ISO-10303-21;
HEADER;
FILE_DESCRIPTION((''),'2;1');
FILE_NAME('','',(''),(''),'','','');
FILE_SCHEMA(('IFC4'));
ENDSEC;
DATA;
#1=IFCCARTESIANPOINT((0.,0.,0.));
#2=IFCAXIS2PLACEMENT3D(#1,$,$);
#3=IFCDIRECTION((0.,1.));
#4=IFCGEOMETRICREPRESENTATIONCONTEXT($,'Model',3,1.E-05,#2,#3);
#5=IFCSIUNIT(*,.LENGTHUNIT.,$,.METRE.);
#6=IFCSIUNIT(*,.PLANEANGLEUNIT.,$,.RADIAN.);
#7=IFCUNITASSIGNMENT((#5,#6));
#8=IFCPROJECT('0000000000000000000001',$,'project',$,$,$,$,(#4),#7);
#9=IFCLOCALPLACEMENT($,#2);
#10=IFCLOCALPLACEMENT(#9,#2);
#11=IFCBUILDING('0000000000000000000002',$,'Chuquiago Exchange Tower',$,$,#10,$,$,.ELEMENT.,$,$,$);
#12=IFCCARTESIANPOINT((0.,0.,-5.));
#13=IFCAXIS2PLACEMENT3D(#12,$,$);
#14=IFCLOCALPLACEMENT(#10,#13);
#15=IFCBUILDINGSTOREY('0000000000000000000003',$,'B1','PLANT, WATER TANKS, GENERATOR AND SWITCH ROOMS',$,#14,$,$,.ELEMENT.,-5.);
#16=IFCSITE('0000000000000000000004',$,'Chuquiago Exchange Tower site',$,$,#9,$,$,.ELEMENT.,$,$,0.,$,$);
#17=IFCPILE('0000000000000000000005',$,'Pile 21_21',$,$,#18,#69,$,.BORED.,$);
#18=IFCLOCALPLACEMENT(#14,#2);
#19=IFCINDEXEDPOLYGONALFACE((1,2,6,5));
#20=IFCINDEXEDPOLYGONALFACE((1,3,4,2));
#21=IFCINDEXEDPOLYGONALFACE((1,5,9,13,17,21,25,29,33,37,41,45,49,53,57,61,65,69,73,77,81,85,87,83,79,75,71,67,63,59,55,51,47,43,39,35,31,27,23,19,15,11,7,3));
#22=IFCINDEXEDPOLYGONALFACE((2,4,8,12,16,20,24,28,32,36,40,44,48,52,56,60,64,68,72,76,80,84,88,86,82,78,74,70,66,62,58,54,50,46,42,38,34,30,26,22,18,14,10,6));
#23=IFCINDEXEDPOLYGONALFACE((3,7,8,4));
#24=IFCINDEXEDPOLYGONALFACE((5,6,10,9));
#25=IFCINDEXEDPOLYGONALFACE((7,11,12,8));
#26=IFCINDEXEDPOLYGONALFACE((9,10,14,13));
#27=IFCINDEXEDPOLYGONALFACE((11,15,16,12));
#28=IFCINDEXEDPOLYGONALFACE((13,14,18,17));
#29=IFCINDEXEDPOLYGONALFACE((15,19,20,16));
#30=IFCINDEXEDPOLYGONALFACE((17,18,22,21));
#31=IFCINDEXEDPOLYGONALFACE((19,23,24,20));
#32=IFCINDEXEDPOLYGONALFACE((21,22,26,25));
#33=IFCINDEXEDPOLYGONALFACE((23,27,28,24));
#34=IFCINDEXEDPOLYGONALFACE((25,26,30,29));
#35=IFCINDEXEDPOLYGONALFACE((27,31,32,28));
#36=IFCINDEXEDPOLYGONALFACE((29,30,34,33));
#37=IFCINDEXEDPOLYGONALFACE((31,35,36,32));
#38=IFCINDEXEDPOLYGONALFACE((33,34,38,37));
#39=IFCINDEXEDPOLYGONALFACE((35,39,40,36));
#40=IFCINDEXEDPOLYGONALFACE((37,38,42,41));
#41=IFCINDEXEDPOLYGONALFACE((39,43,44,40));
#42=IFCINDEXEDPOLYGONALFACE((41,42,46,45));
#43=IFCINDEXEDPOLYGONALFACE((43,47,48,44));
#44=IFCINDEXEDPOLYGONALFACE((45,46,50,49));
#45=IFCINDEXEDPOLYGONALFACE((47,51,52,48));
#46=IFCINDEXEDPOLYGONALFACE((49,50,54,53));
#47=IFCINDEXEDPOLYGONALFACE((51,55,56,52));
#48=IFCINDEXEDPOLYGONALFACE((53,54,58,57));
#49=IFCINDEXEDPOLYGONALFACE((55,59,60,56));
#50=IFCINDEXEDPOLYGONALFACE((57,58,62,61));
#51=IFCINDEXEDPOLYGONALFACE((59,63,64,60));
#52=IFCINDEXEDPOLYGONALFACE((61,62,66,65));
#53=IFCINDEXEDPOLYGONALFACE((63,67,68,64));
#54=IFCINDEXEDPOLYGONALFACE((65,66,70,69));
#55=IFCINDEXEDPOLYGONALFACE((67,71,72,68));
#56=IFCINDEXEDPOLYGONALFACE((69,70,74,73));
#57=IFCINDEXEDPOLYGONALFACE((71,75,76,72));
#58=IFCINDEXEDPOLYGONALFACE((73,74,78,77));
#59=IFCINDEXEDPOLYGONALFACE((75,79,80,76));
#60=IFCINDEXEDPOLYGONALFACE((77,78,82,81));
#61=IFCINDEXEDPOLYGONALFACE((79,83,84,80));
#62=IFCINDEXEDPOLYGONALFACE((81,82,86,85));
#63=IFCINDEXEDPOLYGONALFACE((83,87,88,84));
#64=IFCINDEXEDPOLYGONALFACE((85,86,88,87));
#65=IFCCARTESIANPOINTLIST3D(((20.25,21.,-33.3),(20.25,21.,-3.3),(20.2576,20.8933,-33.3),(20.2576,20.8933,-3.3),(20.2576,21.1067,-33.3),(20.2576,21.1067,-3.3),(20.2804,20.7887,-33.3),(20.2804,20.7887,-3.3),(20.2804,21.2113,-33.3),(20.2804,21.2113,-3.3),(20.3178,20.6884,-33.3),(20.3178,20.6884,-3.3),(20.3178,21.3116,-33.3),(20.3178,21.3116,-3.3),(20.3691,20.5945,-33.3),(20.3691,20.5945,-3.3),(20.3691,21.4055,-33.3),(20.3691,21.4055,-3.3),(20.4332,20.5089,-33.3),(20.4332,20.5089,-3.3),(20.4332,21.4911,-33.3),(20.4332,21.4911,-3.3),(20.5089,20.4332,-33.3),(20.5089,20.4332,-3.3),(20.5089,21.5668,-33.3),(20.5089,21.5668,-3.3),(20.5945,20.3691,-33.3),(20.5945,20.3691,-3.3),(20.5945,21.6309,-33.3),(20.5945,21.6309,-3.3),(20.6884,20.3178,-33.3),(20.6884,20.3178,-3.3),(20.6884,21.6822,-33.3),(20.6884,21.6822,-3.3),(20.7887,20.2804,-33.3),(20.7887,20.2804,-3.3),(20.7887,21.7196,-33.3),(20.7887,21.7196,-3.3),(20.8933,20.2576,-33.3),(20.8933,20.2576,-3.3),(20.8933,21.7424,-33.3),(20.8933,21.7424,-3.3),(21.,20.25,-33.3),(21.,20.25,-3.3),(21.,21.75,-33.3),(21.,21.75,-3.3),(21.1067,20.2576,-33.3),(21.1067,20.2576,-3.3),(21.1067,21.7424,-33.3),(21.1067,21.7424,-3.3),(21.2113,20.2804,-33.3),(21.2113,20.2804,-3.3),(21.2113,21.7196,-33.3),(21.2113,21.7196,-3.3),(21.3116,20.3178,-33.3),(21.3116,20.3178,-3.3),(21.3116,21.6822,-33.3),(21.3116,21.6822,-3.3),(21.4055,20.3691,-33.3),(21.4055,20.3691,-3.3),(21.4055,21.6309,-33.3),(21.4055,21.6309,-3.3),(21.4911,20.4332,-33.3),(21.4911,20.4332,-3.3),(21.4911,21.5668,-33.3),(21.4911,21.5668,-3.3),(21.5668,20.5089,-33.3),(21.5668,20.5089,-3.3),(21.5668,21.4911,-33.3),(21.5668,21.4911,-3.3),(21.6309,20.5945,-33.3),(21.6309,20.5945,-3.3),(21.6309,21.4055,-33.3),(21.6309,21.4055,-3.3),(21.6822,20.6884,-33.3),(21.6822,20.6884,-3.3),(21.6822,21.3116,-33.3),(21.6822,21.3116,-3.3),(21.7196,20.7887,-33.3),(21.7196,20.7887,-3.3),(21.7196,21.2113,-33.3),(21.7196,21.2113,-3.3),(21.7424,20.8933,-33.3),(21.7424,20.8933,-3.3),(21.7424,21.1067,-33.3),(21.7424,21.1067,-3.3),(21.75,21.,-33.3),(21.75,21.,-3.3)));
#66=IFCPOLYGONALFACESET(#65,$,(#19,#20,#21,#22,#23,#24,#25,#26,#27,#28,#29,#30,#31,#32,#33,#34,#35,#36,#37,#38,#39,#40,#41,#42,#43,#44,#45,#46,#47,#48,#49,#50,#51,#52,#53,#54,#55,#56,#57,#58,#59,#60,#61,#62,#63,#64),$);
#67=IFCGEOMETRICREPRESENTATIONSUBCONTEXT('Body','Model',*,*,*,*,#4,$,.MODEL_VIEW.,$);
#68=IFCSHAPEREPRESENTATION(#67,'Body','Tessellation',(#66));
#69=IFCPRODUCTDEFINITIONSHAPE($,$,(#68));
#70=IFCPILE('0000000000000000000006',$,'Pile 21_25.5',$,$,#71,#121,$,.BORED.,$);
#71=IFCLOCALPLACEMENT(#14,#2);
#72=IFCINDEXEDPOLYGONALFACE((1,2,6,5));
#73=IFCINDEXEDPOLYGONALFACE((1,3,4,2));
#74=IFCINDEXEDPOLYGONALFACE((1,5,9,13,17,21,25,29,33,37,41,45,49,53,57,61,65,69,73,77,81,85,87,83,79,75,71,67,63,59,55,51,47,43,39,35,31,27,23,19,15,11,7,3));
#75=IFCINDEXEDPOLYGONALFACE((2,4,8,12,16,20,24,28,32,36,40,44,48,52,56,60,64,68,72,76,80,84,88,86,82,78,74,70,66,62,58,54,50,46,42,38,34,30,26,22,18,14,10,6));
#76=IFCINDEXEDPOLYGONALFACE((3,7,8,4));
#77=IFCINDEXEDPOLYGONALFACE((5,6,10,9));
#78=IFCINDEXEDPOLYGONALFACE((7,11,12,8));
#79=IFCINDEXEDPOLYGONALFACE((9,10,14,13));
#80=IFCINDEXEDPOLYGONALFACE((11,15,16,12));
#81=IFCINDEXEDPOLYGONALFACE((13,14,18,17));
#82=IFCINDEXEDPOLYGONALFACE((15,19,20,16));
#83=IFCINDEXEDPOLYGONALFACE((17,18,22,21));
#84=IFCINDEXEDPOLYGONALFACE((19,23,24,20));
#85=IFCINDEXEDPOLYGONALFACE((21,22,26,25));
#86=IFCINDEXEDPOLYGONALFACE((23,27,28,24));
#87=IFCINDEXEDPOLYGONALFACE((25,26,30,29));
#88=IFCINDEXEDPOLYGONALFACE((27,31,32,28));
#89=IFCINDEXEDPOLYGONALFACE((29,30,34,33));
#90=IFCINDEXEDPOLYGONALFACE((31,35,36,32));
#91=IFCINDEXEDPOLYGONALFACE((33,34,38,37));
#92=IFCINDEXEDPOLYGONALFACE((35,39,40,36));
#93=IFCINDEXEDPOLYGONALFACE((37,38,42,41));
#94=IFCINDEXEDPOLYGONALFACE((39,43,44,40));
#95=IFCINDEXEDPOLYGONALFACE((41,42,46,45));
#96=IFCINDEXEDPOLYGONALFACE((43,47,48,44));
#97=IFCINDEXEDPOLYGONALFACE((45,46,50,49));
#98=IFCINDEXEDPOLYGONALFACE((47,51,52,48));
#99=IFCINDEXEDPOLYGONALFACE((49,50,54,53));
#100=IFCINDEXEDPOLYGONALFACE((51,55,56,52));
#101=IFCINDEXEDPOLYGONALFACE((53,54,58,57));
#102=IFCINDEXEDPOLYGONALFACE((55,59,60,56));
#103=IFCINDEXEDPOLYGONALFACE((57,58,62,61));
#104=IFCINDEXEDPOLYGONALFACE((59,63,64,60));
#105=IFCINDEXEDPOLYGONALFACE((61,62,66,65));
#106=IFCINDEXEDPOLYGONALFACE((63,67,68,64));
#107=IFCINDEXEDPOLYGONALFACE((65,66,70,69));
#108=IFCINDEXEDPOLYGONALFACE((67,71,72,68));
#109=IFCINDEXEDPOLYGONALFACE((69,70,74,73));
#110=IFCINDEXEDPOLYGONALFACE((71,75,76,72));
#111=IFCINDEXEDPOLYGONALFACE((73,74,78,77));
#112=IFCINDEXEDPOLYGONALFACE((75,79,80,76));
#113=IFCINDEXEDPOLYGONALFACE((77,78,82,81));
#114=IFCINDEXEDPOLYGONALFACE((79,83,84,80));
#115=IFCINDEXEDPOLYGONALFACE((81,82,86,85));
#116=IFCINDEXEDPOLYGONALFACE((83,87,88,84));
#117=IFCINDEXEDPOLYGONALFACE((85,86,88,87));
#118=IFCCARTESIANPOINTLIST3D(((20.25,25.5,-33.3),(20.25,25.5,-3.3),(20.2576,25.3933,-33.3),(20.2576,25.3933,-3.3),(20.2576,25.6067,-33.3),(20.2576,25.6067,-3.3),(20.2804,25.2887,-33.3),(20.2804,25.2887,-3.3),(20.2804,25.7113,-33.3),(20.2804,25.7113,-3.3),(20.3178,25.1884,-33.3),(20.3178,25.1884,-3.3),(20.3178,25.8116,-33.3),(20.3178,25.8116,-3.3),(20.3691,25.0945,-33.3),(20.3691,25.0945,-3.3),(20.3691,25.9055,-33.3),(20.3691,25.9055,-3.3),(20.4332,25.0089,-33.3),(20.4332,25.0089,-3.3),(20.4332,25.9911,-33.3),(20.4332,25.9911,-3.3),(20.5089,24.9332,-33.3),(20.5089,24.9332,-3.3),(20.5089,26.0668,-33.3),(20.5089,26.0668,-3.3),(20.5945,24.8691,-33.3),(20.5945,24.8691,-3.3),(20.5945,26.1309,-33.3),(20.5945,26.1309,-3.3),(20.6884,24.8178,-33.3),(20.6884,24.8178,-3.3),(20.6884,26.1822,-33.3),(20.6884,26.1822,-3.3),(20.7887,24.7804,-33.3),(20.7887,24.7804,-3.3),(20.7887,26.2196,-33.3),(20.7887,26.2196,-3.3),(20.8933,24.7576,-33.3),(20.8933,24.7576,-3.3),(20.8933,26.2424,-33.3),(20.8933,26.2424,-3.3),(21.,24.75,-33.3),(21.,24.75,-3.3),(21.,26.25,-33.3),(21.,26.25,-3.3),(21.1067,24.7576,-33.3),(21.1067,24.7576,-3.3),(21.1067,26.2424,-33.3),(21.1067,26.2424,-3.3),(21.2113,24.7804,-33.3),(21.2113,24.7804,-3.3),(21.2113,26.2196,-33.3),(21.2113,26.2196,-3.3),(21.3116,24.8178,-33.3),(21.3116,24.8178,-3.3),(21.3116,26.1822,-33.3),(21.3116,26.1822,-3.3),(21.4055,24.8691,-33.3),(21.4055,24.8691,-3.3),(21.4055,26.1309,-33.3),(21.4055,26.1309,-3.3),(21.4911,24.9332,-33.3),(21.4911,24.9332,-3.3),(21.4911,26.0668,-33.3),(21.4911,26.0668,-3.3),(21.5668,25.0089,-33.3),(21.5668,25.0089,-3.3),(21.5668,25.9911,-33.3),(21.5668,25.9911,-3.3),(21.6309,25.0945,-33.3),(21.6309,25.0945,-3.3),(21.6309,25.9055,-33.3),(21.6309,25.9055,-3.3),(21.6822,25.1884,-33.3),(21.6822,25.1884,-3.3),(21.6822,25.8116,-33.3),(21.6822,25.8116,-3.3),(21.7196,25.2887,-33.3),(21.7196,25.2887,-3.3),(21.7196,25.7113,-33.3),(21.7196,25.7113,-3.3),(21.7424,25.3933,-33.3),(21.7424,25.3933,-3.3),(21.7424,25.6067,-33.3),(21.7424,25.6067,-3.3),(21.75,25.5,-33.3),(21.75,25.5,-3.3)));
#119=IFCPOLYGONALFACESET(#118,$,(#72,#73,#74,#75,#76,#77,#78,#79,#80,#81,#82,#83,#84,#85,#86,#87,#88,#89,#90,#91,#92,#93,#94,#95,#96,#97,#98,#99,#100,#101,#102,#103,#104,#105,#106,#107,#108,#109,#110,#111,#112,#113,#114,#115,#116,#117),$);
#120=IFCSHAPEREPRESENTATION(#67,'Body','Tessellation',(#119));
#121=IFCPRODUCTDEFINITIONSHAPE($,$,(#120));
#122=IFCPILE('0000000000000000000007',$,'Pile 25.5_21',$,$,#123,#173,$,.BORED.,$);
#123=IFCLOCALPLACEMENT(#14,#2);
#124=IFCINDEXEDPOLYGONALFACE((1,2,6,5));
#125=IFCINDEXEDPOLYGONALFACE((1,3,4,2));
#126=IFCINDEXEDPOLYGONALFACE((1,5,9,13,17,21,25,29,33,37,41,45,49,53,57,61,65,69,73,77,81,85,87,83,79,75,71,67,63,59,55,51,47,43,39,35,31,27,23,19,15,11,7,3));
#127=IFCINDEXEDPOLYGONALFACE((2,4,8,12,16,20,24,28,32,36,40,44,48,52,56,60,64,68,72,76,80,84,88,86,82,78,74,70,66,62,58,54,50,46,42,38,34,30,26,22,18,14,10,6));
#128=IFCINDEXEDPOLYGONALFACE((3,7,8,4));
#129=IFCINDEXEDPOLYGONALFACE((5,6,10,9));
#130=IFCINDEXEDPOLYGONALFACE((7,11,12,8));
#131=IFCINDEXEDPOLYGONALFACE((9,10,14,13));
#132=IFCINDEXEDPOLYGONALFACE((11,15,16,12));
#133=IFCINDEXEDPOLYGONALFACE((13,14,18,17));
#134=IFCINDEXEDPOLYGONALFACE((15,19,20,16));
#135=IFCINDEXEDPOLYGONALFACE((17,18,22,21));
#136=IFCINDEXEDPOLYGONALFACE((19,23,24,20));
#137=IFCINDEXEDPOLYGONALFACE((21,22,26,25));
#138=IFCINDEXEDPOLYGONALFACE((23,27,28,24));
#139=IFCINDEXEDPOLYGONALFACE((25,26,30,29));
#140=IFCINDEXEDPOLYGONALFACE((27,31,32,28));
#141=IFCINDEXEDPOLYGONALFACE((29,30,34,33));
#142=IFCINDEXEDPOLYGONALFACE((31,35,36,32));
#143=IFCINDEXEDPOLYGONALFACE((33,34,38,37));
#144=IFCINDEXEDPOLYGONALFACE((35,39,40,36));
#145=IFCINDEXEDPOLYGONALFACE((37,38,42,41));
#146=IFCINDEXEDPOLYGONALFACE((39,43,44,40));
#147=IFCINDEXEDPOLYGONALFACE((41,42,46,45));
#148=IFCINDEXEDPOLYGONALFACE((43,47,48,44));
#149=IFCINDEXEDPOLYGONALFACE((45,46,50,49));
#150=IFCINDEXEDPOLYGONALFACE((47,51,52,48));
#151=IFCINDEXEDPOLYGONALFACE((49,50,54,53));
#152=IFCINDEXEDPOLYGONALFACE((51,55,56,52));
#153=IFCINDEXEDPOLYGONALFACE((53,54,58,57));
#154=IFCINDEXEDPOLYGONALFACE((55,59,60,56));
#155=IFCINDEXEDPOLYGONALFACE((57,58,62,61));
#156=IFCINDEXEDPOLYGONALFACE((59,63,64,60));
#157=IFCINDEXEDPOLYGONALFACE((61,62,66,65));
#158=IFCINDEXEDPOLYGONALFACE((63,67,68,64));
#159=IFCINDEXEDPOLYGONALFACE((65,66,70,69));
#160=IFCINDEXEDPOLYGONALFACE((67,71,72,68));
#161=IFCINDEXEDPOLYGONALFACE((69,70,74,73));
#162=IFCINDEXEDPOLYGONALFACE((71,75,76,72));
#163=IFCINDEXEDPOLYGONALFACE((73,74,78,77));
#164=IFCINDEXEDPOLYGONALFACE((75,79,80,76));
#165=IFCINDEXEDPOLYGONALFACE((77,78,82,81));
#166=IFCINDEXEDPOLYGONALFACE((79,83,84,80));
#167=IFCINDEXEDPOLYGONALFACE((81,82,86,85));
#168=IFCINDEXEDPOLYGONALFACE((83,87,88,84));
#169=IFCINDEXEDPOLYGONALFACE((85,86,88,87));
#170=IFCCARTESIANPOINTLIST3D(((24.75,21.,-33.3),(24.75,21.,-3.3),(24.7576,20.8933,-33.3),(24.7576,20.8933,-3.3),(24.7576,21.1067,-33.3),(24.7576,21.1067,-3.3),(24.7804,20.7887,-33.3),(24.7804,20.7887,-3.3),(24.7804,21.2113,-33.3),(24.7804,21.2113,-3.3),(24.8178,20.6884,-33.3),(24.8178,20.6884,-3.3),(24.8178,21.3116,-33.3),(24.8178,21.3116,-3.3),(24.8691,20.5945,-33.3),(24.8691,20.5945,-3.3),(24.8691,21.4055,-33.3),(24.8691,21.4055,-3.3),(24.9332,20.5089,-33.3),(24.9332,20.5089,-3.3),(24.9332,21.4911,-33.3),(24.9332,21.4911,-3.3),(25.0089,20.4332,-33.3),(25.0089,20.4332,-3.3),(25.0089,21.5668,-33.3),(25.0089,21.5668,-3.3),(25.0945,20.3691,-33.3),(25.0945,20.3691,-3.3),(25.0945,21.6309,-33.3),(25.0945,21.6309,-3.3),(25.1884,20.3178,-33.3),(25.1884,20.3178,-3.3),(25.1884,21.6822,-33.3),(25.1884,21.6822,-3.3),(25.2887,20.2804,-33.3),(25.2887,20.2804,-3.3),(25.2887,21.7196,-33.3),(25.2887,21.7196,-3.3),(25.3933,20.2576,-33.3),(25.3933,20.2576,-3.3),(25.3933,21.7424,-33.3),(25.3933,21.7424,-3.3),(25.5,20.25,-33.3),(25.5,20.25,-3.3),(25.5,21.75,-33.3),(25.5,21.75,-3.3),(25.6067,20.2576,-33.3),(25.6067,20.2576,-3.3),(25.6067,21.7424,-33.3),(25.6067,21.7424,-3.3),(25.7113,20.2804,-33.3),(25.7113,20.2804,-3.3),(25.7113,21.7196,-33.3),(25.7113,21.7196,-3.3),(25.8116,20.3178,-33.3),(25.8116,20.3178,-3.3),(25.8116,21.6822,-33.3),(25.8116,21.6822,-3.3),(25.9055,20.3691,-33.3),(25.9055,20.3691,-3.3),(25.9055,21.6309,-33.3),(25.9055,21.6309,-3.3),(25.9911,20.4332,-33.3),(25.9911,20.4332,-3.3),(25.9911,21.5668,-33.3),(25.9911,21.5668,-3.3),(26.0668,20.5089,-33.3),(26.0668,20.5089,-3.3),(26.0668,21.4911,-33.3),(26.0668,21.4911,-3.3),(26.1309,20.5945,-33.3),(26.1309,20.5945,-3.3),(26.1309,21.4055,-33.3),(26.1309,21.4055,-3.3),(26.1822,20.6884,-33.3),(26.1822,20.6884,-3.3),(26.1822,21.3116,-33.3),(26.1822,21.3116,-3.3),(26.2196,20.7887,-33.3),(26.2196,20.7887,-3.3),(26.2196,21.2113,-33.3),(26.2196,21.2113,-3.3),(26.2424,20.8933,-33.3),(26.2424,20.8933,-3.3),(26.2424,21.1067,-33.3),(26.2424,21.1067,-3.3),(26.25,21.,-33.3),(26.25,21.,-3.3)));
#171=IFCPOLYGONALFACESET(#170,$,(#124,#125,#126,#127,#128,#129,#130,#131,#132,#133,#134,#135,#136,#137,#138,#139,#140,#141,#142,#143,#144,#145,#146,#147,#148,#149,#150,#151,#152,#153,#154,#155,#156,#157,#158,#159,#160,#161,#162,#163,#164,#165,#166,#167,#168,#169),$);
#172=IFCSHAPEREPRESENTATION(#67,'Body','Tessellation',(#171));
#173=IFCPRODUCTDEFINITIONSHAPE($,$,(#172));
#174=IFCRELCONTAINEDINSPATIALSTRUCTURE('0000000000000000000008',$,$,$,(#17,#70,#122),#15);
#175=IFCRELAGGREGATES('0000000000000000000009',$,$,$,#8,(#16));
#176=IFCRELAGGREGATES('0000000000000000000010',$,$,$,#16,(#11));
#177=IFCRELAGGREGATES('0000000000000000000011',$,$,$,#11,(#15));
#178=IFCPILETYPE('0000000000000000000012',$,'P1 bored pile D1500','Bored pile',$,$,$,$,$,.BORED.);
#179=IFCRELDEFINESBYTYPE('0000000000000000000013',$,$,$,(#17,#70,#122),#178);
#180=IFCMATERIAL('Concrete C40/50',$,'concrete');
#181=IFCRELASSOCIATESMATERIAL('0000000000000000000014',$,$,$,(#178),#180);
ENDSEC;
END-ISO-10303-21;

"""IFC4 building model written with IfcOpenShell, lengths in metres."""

from ifc_helpers import new_model, si_unit, direction, frame, origin, origin_2d, place, context, subcontext, project, spatial, circle, extrude, material, material_profile, profile_set, type_object, element, save


model = new_model("IFC4")

# Units and contexts
model_context = context("Model", 3, precision=1e-05, world=origin(), true_north=direction((0.0, 1.0)))
body_context = subcontext(model_context, "Body", "Model", "MODEL_VIEW")
ifc_project = project(units=[si_unit("LENGTHUNIT", "METRE"), si_unit("PLANEANGLEUNIT", "RADIAN")], contexts=[model_context])

# Site, building, storey
site_placement = place(None, origin())
site = spatial("IfcSite", under=ifc_project, at=site_placement, Name="Chuquiago Exchange Tower site", CompositionType="ELEMENT", RefElevation=0.0)
building_placement = place(site_placement, origin())
building = spatial("IfcBuilding", under=site, at=building_placement, Name="Chuquiago Exchange Tower", CompositionType="ELEMENT")
storey_placement = place(building_placement, frame((0.0, 0.0, -5.0)))
storey = spatial("IfcBuildingStorey", under=building, at=storey_placement, Name="B1", Description="PLANT, WATER TANKS, GENERATOR AND SWITCH ROOMS", CompositionType="ELEMENT", Elevation=-5.0)

# Piles
ifc_material_1 = material(Name="Concrete C40/50", Category="concrete")
ifc_material_profile_1 = material_profile(ifc_material_1, circle(Radius=0.75, at=origin_2d()), Name="D1500")
ifc_profile_set_1 = profile_set([ifc_material_profile_1], Name="Concrete C40/50")
pile_type = type_object("IfcPileType", Name="P1 bored pile D1500", Description="Bored pile", PredefinedType="BORED", material=ifc_profile_set_1)
for number, where, z_axis, x_axis, name in (
    (1, (21.0, 21.0, -3.3), (0.0, 0.0, -1.0), (1.0, 0.0, 0.0), "Pile 21_21"),
    (2, (21.0, 25.5, -3.3), (0.0, 0.0, -1.0), (1.0, 0.0, 0.0), "Pile 21_25.5"),
    (3, (25.5, 21.0, -3.3), (0.0, 0.0, -1.0), (1.0, 0.0, 0.0), "Pile 25.5_21"),
):
    element("IfcPile", number, at=place(storey_placement, frame(where, z_axis=z_axis, x_axis=x_axis)), inside=storey, type_object=pile_type, Name=name, PredefinedType="BORED", context=body_context, shape_type="SweptSolid", body=[
        extrude(circle(Radius=0.75, at=origin_2d()), origin(), (0.0, 0.0, 1.0), 30.0),
    ])

save(model, "model.ifc")
